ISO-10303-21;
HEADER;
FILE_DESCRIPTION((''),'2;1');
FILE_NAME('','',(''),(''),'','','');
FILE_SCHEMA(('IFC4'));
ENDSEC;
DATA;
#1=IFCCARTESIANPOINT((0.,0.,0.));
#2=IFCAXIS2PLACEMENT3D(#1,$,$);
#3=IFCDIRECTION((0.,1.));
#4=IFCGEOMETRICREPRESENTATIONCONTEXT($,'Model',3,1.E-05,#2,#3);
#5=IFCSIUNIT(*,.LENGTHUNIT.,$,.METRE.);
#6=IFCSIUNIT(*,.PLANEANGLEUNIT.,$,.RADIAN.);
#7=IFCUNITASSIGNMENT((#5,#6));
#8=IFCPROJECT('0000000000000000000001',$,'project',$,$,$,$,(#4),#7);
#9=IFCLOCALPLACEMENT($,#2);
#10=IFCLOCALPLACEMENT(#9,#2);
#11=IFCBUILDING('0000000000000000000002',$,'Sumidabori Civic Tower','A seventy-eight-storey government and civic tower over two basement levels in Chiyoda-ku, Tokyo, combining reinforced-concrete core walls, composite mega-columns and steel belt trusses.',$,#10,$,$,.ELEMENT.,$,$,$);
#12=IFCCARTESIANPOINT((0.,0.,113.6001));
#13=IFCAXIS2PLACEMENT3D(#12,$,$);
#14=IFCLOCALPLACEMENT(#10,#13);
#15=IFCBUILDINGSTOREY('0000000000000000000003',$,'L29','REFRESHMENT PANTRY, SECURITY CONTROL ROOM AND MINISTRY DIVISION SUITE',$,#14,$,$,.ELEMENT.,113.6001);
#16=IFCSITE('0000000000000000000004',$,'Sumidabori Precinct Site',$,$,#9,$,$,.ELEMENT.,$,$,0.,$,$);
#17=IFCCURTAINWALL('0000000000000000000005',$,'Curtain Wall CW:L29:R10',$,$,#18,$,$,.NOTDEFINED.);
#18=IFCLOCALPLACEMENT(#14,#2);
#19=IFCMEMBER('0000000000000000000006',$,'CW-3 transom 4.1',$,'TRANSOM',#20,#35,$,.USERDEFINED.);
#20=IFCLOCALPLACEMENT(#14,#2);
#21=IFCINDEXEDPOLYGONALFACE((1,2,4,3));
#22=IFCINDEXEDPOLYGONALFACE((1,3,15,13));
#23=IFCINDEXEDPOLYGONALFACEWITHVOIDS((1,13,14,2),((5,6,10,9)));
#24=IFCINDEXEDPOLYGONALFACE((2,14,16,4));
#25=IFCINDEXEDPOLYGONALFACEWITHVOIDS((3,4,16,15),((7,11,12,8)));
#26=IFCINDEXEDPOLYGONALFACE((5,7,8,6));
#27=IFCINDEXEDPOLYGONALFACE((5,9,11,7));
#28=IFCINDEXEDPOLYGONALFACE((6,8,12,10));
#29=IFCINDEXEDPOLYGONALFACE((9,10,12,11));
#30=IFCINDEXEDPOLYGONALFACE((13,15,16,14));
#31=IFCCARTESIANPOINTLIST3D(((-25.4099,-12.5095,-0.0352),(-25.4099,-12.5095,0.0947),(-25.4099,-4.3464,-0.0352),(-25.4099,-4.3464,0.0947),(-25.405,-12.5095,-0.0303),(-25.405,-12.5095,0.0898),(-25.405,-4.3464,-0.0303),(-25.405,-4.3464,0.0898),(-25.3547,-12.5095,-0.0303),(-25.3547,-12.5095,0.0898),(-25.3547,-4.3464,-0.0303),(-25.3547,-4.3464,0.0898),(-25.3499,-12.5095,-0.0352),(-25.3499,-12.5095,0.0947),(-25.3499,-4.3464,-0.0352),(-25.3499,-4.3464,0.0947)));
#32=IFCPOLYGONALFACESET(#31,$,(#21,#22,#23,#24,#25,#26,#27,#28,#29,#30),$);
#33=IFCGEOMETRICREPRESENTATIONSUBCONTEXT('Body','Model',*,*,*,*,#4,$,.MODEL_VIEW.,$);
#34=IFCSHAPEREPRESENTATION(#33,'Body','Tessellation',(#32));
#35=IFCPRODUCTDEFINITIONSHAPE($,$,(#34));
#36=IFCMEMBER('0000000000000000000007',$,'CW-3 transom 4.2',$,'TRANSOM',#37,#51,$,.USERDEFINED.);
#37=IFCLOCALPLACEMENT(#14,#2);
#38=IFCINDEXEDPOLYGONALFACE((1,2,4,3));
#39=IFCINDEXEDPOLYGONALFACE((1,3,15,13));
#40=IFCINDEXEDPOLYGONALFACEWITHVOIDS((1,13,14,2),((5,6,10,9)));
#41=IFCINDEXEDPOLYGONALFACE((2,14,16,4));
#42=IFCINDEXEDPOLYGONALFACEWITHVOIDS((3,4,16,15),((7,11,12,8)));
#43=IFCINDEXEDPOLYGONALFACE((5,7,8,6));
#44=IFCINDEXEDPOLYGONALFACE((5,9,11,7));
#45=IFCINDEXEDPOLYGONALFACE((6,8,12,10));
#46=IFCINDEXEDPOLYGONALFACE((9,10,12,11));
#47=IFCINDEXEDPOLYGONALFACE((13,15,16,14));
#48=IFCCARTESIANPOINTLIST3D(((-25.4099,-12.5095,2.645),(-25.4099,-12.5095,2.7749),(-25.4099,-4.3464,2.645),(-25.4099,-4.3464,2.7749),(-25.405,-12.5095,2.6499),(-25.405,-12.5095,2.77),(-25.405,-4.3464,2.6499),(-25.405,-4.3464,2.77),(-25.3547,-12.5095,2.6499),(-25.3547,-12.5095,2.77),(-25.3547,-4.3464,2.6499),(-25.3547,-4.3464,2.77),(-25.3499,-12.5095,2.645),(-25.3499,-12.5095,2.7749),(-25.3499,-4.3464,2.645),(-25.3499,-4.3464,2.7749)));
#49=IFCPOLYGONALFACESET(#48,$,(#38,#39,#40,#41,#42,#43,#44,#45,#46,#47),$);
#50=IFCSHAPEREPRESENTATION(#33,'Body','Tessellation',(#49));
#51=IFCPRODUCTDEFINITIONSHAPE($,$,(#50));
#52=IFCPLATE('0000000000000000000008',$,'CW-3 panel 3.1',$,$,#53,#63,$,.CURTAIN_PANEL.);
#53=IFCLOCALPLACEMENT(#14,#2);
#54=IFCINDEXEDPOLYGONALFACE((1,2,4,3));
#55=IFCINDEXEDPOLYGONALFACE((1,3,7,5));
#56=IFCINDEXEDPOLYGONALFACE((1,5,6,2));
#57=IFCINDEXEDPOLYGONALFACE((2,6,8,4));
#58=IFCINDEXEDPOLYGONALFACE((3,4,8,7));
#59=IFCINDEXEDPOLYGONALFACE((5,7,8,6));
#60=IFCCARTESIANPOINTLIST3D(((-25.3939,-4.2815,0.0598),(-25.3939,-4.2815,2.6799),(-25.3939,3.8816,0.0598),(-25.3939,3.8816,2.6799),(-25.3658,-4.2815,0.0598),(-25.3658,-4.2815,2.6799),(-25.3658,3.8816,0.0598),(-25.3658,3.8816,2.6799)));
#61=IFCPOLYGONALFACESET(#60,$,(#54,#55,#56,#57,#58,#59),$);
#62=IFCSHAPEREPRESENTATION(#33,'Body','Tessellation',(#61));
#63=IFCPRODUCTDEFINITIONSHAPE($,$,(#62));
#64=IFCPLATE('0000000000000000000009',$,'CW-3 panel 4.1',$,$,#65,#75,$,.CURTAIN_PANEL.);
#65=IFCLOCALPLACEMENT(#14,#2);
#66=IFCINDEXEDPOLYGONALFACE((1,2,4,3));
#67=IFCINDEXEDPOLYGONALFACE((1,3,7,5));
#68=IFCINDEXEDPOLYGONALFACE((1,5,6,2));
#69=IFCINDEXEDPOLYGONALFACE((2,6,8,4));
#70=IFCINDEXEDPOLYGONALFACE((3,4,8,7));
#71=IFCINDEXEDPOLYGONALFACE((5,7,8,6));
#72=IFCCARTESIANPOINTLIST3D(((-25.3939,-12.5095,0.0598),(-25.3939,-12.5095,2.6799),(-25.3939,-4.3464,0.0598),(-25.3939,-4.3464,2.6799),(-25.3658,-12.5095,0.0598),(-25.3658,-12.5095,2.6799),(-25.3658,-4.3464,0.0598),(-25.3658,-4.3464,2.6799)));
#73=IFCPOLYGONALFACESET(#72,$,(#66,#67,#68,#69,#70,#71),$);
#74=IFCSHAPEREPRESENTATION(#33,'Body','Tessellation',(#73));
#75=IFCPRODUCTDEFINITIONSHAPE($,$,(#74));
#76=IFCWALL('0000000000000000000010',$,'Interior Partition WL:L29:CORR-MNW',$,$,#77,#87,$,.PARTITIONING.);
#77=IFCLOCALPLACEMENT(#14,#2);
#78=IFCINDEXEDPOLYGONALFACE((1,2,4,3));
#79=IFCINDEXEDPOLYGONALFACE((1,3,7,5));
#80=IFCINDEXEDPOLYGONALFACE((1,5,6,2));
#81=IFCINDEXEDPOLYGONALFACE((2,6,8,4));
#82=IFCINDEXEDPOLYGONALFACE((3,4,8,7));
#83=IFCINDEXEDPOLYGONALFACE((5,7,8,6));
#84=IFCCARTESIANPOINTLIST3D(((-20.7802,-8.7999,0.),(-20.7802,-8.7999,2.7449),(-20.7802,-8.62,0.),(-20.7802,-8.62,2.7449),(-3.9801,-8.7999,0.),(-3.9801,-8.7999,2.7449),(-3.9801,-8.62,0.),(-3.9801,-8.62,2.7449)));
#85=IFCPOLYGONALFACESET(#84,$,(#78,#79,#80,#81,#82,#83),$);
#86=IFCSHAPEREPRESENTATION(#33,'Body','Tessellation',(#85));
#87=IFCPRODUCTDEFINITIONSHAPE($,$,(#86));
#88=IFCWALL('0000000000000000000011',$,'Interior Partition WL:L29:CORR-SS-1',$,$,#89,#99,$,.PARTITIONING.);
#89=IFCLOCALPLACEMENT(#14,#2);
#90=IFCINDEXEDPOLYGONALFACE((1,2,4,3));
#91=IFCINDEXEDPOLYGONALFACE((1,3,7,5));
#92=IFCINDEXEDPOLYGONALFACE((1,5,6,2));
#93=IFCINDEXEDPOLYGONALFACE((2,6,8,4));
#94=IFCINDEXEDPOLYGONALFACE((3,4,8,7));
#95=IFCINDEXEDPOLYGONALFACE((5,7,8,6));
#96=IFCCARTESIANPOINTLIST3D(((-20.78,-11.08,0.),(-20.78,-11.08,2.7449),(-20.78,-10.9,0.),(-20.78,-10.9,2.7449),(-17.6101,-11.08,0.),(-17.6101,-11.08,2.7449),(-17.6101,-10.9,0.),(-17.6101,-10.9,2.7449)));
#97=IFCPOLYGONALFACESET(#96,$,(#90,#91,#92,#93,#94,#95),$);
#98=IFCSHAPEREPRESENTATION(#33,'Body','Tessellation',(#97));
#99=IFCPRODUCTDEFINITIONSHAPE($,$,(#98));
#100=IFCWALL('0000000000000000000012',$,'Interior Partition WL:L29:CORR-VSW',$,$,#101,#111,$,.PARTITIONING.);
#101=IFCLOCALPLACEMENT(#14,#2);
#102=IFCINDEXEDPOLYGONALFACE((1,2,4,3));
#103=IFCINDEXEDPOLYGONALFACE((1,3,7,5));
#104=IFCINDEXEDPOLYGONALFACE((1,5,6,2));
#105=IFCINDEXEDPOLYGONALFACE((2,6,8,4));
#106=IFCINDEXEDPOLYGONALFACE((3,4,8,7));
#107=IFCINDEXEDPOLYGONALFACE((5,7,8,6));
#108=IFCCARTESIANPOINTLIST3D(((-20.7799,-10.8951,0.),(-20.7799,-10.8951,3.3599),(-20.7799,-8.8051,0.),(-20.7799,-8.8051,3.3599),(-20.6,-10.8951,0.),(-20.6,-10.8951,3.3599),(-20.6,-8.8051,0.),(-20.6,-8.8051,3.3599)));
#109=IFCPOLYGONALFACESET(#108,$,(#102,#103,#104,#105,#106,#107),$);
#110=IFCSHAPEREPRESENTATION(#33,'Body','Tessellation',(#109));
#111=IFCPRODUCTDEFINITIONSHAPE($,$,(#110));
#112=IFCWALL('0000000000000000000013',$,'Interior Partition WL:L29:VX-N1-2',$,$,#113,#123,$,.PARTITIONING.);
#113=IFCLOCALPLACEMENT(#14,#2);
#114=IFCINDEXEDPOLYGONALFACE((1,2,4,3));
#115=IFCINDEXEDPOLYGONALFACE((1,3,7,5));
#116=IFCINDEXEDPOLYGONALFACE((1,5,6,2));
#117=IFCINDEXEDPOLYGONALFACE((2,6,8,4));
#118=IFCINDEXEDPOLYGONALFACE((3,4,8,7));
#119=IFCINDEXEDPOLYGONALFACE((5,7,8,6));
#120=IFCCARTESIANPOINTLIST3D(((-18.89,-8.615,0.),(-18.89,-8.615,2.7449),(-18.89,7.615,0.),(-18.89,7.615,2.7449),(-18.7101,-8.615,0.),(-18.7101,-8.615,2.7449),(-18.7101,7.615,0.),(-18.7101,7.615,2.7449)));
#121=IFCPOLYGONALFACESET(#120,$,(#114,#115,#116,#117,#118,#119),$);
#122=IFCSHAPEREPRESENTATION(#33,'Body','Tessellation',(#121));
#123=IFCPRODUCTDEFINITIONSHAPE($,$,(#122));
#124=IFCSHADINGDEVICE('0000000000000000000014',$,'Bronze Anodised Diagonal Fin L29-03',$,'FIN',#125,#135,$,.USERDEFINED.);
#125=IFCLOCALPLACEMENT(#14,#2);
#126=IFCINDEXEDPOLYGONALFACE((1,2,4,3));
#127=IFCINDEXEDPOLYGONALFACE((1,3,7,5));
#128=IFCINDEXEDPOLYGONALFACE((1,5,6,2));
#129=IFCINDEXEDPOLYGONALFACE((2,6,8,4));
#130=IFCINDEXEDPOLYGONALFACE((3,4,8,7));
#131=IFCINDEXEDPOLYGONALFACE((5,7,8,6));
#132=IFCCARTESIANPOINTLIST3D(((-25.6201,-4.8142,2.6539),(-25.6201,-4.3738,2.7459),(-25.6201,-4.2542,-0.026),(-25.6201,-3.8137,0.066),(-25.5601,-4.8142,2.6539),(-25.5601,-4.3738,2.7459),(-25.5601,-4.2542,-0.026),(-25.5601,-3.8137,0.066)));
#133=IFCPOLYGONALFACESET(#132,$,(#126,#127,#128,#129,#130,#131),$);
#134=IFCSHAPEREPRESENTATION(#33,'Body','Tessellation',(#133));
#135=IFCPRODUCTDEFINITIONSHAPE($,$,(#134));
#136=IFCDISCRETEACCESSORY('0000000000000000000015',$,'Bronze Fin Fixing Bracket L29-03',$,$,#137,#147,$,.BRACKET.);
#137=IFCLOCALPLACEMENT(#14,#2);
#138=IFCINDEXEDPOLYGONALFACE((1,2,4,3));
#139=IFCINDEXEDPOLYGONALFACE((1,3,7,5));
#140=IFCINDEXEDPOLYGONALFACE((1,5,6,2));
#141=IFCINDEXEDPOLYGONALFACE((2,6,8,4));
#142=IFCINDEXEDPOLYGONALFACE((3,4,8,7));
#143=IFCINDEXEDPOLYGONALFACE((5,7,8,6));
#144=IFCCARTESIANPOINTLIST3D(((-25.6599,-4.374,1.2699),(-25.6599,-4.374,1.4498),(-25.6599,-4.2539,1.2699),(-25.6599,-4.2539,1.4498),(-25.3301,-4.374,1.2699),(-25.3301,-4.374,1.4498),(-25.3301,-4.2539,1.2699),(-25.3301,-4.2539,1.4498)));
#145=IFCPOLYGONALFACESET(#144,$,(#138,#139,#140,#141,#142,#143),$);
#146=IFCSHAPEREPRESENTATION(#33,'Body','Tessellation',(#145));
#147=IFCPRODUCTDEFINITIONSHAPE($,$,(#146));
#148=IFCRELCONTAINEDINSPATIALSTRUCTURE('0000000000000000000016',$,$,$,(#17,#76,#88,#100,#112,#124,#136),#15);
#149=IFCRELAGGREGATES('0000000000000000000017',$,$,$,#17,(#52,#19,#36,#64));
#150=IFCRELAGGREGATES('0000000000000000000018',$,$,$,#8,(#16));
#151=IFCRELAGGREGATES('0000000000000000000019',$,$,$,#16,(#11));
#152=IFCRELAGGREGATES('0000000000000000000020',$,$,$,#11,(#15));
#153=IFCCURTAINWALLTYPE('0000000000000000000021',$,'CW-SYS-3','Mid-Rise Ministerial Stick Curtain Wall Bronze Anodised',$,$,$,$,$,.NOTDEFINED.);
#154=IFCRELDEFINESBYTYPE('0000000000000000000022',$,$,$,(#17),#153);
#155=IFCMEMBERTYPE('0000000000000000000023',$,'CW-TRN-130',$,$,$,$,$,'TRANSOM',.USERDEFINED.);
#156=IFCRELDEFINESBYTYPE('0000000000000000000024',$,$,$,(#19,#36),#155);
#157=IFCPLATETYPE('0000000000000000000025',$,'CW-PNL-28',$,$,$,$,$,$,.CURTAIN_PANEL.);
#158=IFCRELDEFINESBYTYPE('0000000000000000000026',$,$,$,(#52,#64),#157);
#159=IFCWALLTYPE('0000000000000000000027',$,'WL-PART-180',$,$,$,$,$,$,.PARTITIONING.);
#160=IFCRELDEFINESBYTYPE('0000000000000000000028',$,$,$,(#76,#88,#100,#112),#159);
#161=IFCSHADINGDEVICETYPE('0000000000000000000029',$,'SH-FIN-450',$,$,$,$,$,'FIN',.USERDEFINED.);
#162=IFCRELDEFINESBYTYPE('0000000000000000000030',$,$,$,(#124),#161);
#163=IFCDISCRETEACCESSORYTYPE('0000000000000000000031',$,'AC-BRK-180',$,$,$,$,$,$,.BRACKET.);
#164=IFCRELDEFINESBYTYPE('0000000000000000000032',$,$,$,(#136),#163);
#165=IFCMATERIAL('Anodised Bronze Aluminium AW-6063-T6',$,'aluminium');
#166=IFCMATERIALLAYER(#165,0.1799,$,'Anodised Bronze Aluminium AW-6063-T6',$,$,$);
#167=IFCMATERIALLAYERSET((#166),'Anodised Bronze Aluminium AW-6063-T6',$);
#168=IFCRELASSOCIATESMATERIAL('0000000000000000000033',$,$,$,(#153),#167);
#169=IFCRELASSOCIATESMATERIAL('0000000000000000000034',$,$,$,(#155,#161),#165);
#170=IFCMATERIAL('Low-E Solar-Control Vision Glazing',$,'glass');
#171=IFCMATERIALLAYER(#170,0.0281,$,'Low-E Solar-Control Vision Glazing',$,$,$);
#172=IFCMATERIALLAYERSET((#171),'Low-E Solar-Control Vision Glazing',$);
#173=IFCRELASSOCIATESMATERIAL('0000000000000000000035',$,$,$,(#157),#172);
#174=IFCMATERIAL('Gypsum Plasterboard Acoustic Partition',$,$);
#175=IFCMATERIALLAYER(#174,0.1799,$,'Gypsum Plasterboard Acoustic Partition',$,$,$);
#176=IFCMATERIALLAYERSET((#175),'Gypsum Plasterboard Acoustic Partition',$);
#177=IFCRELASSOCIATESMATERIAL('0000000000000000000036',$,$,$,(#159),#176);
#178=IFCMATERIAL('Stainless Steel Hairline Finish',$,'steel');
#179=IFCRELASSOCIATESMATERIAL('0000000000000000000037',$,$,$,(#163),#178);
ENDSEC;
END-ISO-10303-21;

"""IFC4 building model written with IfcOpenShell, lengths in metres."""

from ifc_helpers import new_model, si_unit, direction, frame, frame_2d, origin, origin_2d, place, context, subcontext, project, spatial, rectangle, hollow_rectangle, extrude, source, transform, mapped, material, layer, layer_set, material_profile, profile_set, type_object, element, aggregate, save


model = new_model("IFC4")

# Units and contexts
model_context = context("Model", 3, precision=1e-05, world=origin(), true_north=direction((0.0, 1.0)))
body_context = subcontext(model_context, "Body", "Model", "MODEL_VIEW")
ifc_project = project(units=[si_unit("LENGTHUNIT", "METRE"), si_unit("PLANEANGLEUNIT", "RADIAN")], contexts=[model_context])

# Site, building, storey
site_placement = place(None, origin())
site = spatial("IfcSite", under=ifc_project, at=site_placement, Name="Sumidabori Precinct Site", CompositionType="ELEMENT", RefElevation=0.0)
building_placement = place(site_placement, origin())
building = spatial("IfcBuilding", under=site, at=building_placement, Name="Sumidabori Civic Tower", Description="A seventy-eight-storey government and civic tower over two basement levels in Chiyoda-ku, Tokyo, combining reinforced-concrete core walls, composite mega-columns and steel belt trusses.", CompositionType="ELEMENT")
storey_placement = place(building_placement, frame((0.0, 0.0, 113.6001)))
storey = spatial("IfcBuildingStorey", under=building, at=storey_placement, Name="L29", Description="REFRESHMENT PANTRY, SECURITY CONTROL ROOM AND MINISTRY DIVISION SUITE", CompositionType="ELEMENT", Elevation=113.6001)

# Curtain wall, members, plates
ifc_material_1 = material(Name="Anodised Bronze Aluminium AW-6063-T6", Category="aluminium")
ifc_layer_1 = layer(ifc_material_1, 0.1799, Name="Anodised Bronze Aluminium AW-6063-T6")
ifc_layer_set_1 = layer_set([ifc_layer_1], Name="Anodised Bronze Aluminium AW-6063-T6")
curtain_wall_type = type_object("IfcCurtainWallType", Name="CW-SYS-3", Description="Mid-Rise Ministerial Stick Curtain Wall Bronze Anodised", PredefinedType="NOTDEFINED", material=ifc_layer_set_1)
curtain_wall_placement = place(storey_placement, origin())
curtain_wall = element("IfcCurtainWall", 1, at=curtain_wall_placement, inside=storey, type_object=curtain_wall_type, Name="Curtain Wall CW:L29:R10", PredefinedType="NOTDEFINED")
ifc_material_profile_1 = material_profile(ifc_material_1, hollow_rectangle(XDim=0.0601, YDim=0.1299, WallThickness=0.0049, at=origin_2d()), Name="ALU TRANSOM 130x60")
ifc_profile_set_1 = profile_set([ifc_material_profile_1], Name="Anodised Bronze Aluminium AW-6063-T6")
member_type_1 = type_object("IfcMemberType", Name="CW-TRN-130", ElementType="TRANSOM", PredefinedType="USERDEFINED", material=ifc_profile_set_1)
shared_shape_1 = source(origin(), body_context, "Body", "SweptSolid", [
    extrude(hollow_rectangle(XDim=0.0601, YDim=0.1299, WallThickness=0.0049, at=origin_2d()), origin(), (0.0, 0.0, 1.0), 8.1631),
])
member_1_placement = place(storey_placement, frame((-25.3799, -4.3464, 0.0298), z_axis=(0.0, -1.0, 0.0), x_axis=(1.0, 0.0, 0.0)))
member_1 = element("IfcMember", 2, at=member_1_placement, type_object=member_type_1, Name="CW-3 transom 4.1", ObjectType="TRANSOM", PredefinedType="USERDEFINED", context=body_context, shape_type="MappedRepresentation", body=[
    mapped(shared_shape_1, transform((0.0, 0.0, 0.0), x_axis=(1.0, 0.0, 0.0), y_axis=(0.0, 1.0, 0.0), z_axis=(0.0, 0.0, 1.0), scale=1.0)),
])
member_2_placement = place(storey_placement, frame((-25.3799, -4.3464, 2.71), z_axis=(0.0, -1.0, 0.0), x_axis=(1.0, 0.0, 0.0)))
member_2 = element("IfcMember", 3, at=member_2_placement, type_object=member_type_1, Name="CW-3 transom 4.2", ObjectType="TRANSOM", PredefinedType="USERDEFINED", context=body_context, shape_type="MappedRepresentation", body=[
    mapped(shared_shape_1, transform((0.0, 0.0, 0.0), x_axis=(1.0, 0.0, 0.0), y_axis=(0.0, 1.0, 0.0), z_axis=(0.0, 0.0, 1.0), scale=1.0)),
])
ifc_material_2 = material(Name="Low-E Solar-Control Vision Glazing", Category="glass")
ifc_layer_2 = layer(ifc_material_2, 0.0281, Name="Low-E Solar-Control Vision Glazing")
ifc_layer_set_2 = layer_set([ifc_layer_2], Name="Low-E Solar-Control Vision Glazing")
plate_type = type_object("IfcPlateType", Name="CW-PNL-28", PredefinedType="CURTAIN_PANEL", material=ifc_layer_set_2)
shared_shape_2 = source(origin(), body_context, "Body", "SweptSolid", [
    extrude(rectangle(XDim=8.1631, YDim=0.0281, at=origin_2d()), origin(), (0.0, 0.0, 1.0), 2.6201),
])
plate_1_placement = place(storey_placement, frame((-25.3799, -0.2, 0.0598), z_axis=(0.0, 0.0, 1.0), x_axis=(0.0, -1.0, 0.0)))
plate_1 = element("IfcPlate", 4, at=plate_1_placement, type_object=plate_type, Name="CW-3 panel 3.1", PredefinedType="CURTAIN_PANEL", context=body_context, shape_type="MappedRepresentation", body=[
    mapped(shared_shape_2, transform((0.0, 0.0, 0.0), x_axis=(1.0, 0.0, 0.0), y_axis=(0.0, 1.0, 0.0), z_axis=(0.0, 0.0, 1.0), scale=1.0)),
])
plate_2_placement = place(storey_placement, frame((-25.3799, -8.428, 0.0598), z_axis=(0.0, 0.0, 1.0), x_axis=(0.0, -1.0, 0.0)))
plate_2 = element("IfcPlate", 5, at=plate_2_placement, type_object=plate_type, Name="CW-3 panel 4.1", PredefinedType="CURTAIN_PANEL", context=body_context, shape_type="MappedRepresentation", body=[
    mapped(shared_shape_2, transform((0.0, 0.0, 0.0), x_axis=(1.0, 0.0, 0.0), y_axis=(0.0, 1.0, 0.0), z_axis=(0.0, 0.0, 1.0), scale=1.0)),
])
aggregate(curtain_wall, [plate_1, member_1, member_2, plate_2])

# Walls
ifc_material_3 = material(Name="Gypsum Plasterboard Acoustic Partition")
ifc_layer_3 = layer(ifc_material_3, 0.1799, Name="Gypsum Plasterboard Acoustic Partition")
ifc_layer_set_3 = layer_set([ifc_layer_3], Name="Gypsum Plasterboard Acoustic Partition")
wall_type = type_object("IfcWallType", Name="WL-PART-180", PredefinedType="PARTITIONING", material=ifc_layer_set_3)
shared_shape_3 = source(origin(), body_context, "Body", "SweptSolid", [
    extrude(rectangle(XDim=16.8, YDim=0.1799, at=frame_2d((8.3999, 0.0))), origin(), (0.0, 0.0, 1.0), 2.7449),
])
wall_1_placement = place(storey_placement, frame((-20.78, -8.71, 0.0), z_axis=(0.0, 0.0, 1.0), x_axis=(1.0, 0.0, 0.0)))
element("IfcWall", 6, at=wall_1_placement, inside=storey, type_object=wall_type, Name="Interior Partition WL:L29:CORR-MNW", PredefinedType="PARTITIONING", context=body_context, shape_type="MappedRepresentation", body=[
    mapped(shared_shape_3, transform((0.0, 0.0, 0.0), x_axis=(1.0, 0.0, 0.0), y_axis=(0.0, 1.0, 0.0), z_axis=(0.0, 0.0, 1.0), scale=1.0)),
])
shared_shape_4 = source(origin(), body_context, "Body", "SweptSolid", [
    extrude(rectangle(XDim=3.1699, YDim=0.1799, at=frame_2d((1.585, 0.0))), origin(), (0.0, 0.0, 1.0), 2.7449),
])
wall_2_placement = place(storey_placement, frame((-20.78, -10.99, 0.0), z_axis=(0.0, 0.0, 1.0), x_axis=(1.0, 0.0, 0.0)))
element("IfcWall", 7, at=wall_2_placement, inside=storey, type_object=wall_type, Name="Interior Partition WL:L29:CORR-SS-1", PredefinedType="PARTITIONING", context=body_context, shape_type="MappedRepresentation", body=[
    mapped(shared_shape_4, transform((0.0, 0.0, 0.0), x_axis=(1.0, 0.0, 0.0), y_axis=(0.0, 1.0, 0.0), z_axis=(0.0, 0.0, 1.0), scale=1.0)),
])
shared_shape_5 = source(origin(), body_context, "Body", "SweptSolid", [
    extrude(rectangle(XDim=2.0901, YDim=0.1799, at=frame_2d((1.0449, 0.0))), origin(), (0.0, 0.0, 1.0), 3.3599),
])
wall_3_placement = place(storey_placement, frame((-20.6899, -10.895, 0.0), z_axis=(0.0, 0.0, 1.0), x_axis=(0.0, 1.0, 0.0)))
element("IfcWall", 8, at=wall_3_placement, inside=storey, type_object=wall_type, Name="Interior Partition WL:L29:CORR-VSW", PredefinedType="PARTITIONING", context=body_context, shape_type="MappedRepresentation", body=[
    mapped(shared_shape_5, transform((0.0, 0.0, 0.0), x_axis=(1.0, 0.0, 0.0), y_axis=(0.0, 1.0, 0.0), z_axis=(0.0, 0.0, 1.0), scale=1.0)),
])
shared_shape_6 = source(origin(), body_context, "Body", "SweptSolid", [
    extrude(rectangle(XDim=16.23, YDim=0.1799, at=frame_2d((8.115, 0.0))), origin(), (0.0, 0.0, 1.0), 2.7449),
])
wall_4_placement = place(storey_placement, frame((-18.8, -8.615, 0.0), z_axis=(0.0, 0.0, 1.0), x_axis=(0.0, 1.0, 0.0)))
element("IfcWall", 9, at=wall_4_placement, inside=storey, type_object=wall_type, Name="Interior Partition WL:L29:VX-N1-2", PredefinedType="PARTITIONING", context=body_context, shape_type="MappedRepresentation", body=[
    mapped(shared_shape_6, transform((0.0, 0.0, 0.0), x_axis=(1.0, 0.0, 0.0), y_axis=(0.0, 1.0, 0.0), z_axis=(0.0, 0.0, 1.0), scale=1.0)),
])

# Shading device
ifc_material_profile_2 = material_profile(ifc_material_1, rectangle(XDim=0.0601, YDim=0.45, at=origin_2d()), Name="BRONZE FIN 450x60")
ifc_profile_set_2 = profile_set([ifc_material_profile_2], Name="Anodised Bronze Aluminium AW-6063-T6")
shading_device_type = type_object("IfcShadingDeviceType", Name="SH-FIN-450", ElementType="FIN", PredefinedType="USERDEFINED", material=ifc_profile_set_2)
shared_shape_7 = source(origin(), body_context, "Body", "SweptSolid", [
    extrude(rectangle(XDim=0.0601, YDim=0.45, at=origin_2d()), origin(), (0.0, 0.0, 1.0), 2.7378),
])
shading_device_placement = place(storey_placement, frame((-25.5901, -4.0339, 0.02), z_axis=(0.0, -0.204563, 0.978853), x_axis=(-1.0, 0.0, 0.0)))
element("IfcShadingDevice", 10, at=shading_device_placement, inside=storey, type_object=shading_device_type, Name="Bronze Anodised Diagonal Fin L29-03", ObjectType="FIN", PredefinedType="USERDEFINED", context=body_context, shape_type="MappedRepresentation", body=[
    mapped(shared_shape_7, transform((0.0, 0.0, 0.0), x_axis=(1.0, 0.0, 0.0), y_axis=(0.0, 1.0, 0.0), z_axis=(0.0, 0.0, 1.0), scale=1.0)),
])

# Discrete accessory
ifc_material_4 = material(Name="Stainless Steel Hairline Finish", Category="steel")
ifc_material_profile_3 = material_profile(ifc_material_4, rectangle(XDim=0.1201, YDim=0.1799, at=origin_2d()), Name="STEEL BRACKET 180x120")
ifc_profile_set_3 = profile_set([ifc_material_profile_3], Name="Stainless Steel Hairline Finish")
discrete_accessory_type = type_object("IfcDiscreteAccessoryType", Name="AC-BRK-180", PredefinedType="BRACKET", material=ifc_profile_set_3)
shared_shape_8 = source(origin(), body_context, "Body", "SweptSolid", [
    extrude(rectangle(XDim=0.1201, YDim=0.1799, at=origin_2d()), origin(), (0.0, 0.0, 1.0), 0.3298),
])
discrete_accessory_placement = place(storey_placement, frame((-25.3301, -4.314, 1.3599), z_axis=(-1.0, 0.0, 0.0), x_axis=(0.0, -1.0, 0.0)))
element("IfcDiscreteAccessory", 11, at=discrete_accessory_placement, inside=storey, type_object=discrete_accessory_type, Name="Bronze Fin Fixing Bracket L29-03", PredefinedType="BRACKET", context=body_context, shape_type="MappedRepresentation", body=[
    mapped(shared_shape_8, transform((0.0, 0.0, 0.0), x_axis=(1.0, 0.0, 0.0), y_axis=(0.0, 1.0, 0.0), z_axis=(0.0, 0.0, 1.0), scale=1.0)),
])

save(model, "model.ifc")
